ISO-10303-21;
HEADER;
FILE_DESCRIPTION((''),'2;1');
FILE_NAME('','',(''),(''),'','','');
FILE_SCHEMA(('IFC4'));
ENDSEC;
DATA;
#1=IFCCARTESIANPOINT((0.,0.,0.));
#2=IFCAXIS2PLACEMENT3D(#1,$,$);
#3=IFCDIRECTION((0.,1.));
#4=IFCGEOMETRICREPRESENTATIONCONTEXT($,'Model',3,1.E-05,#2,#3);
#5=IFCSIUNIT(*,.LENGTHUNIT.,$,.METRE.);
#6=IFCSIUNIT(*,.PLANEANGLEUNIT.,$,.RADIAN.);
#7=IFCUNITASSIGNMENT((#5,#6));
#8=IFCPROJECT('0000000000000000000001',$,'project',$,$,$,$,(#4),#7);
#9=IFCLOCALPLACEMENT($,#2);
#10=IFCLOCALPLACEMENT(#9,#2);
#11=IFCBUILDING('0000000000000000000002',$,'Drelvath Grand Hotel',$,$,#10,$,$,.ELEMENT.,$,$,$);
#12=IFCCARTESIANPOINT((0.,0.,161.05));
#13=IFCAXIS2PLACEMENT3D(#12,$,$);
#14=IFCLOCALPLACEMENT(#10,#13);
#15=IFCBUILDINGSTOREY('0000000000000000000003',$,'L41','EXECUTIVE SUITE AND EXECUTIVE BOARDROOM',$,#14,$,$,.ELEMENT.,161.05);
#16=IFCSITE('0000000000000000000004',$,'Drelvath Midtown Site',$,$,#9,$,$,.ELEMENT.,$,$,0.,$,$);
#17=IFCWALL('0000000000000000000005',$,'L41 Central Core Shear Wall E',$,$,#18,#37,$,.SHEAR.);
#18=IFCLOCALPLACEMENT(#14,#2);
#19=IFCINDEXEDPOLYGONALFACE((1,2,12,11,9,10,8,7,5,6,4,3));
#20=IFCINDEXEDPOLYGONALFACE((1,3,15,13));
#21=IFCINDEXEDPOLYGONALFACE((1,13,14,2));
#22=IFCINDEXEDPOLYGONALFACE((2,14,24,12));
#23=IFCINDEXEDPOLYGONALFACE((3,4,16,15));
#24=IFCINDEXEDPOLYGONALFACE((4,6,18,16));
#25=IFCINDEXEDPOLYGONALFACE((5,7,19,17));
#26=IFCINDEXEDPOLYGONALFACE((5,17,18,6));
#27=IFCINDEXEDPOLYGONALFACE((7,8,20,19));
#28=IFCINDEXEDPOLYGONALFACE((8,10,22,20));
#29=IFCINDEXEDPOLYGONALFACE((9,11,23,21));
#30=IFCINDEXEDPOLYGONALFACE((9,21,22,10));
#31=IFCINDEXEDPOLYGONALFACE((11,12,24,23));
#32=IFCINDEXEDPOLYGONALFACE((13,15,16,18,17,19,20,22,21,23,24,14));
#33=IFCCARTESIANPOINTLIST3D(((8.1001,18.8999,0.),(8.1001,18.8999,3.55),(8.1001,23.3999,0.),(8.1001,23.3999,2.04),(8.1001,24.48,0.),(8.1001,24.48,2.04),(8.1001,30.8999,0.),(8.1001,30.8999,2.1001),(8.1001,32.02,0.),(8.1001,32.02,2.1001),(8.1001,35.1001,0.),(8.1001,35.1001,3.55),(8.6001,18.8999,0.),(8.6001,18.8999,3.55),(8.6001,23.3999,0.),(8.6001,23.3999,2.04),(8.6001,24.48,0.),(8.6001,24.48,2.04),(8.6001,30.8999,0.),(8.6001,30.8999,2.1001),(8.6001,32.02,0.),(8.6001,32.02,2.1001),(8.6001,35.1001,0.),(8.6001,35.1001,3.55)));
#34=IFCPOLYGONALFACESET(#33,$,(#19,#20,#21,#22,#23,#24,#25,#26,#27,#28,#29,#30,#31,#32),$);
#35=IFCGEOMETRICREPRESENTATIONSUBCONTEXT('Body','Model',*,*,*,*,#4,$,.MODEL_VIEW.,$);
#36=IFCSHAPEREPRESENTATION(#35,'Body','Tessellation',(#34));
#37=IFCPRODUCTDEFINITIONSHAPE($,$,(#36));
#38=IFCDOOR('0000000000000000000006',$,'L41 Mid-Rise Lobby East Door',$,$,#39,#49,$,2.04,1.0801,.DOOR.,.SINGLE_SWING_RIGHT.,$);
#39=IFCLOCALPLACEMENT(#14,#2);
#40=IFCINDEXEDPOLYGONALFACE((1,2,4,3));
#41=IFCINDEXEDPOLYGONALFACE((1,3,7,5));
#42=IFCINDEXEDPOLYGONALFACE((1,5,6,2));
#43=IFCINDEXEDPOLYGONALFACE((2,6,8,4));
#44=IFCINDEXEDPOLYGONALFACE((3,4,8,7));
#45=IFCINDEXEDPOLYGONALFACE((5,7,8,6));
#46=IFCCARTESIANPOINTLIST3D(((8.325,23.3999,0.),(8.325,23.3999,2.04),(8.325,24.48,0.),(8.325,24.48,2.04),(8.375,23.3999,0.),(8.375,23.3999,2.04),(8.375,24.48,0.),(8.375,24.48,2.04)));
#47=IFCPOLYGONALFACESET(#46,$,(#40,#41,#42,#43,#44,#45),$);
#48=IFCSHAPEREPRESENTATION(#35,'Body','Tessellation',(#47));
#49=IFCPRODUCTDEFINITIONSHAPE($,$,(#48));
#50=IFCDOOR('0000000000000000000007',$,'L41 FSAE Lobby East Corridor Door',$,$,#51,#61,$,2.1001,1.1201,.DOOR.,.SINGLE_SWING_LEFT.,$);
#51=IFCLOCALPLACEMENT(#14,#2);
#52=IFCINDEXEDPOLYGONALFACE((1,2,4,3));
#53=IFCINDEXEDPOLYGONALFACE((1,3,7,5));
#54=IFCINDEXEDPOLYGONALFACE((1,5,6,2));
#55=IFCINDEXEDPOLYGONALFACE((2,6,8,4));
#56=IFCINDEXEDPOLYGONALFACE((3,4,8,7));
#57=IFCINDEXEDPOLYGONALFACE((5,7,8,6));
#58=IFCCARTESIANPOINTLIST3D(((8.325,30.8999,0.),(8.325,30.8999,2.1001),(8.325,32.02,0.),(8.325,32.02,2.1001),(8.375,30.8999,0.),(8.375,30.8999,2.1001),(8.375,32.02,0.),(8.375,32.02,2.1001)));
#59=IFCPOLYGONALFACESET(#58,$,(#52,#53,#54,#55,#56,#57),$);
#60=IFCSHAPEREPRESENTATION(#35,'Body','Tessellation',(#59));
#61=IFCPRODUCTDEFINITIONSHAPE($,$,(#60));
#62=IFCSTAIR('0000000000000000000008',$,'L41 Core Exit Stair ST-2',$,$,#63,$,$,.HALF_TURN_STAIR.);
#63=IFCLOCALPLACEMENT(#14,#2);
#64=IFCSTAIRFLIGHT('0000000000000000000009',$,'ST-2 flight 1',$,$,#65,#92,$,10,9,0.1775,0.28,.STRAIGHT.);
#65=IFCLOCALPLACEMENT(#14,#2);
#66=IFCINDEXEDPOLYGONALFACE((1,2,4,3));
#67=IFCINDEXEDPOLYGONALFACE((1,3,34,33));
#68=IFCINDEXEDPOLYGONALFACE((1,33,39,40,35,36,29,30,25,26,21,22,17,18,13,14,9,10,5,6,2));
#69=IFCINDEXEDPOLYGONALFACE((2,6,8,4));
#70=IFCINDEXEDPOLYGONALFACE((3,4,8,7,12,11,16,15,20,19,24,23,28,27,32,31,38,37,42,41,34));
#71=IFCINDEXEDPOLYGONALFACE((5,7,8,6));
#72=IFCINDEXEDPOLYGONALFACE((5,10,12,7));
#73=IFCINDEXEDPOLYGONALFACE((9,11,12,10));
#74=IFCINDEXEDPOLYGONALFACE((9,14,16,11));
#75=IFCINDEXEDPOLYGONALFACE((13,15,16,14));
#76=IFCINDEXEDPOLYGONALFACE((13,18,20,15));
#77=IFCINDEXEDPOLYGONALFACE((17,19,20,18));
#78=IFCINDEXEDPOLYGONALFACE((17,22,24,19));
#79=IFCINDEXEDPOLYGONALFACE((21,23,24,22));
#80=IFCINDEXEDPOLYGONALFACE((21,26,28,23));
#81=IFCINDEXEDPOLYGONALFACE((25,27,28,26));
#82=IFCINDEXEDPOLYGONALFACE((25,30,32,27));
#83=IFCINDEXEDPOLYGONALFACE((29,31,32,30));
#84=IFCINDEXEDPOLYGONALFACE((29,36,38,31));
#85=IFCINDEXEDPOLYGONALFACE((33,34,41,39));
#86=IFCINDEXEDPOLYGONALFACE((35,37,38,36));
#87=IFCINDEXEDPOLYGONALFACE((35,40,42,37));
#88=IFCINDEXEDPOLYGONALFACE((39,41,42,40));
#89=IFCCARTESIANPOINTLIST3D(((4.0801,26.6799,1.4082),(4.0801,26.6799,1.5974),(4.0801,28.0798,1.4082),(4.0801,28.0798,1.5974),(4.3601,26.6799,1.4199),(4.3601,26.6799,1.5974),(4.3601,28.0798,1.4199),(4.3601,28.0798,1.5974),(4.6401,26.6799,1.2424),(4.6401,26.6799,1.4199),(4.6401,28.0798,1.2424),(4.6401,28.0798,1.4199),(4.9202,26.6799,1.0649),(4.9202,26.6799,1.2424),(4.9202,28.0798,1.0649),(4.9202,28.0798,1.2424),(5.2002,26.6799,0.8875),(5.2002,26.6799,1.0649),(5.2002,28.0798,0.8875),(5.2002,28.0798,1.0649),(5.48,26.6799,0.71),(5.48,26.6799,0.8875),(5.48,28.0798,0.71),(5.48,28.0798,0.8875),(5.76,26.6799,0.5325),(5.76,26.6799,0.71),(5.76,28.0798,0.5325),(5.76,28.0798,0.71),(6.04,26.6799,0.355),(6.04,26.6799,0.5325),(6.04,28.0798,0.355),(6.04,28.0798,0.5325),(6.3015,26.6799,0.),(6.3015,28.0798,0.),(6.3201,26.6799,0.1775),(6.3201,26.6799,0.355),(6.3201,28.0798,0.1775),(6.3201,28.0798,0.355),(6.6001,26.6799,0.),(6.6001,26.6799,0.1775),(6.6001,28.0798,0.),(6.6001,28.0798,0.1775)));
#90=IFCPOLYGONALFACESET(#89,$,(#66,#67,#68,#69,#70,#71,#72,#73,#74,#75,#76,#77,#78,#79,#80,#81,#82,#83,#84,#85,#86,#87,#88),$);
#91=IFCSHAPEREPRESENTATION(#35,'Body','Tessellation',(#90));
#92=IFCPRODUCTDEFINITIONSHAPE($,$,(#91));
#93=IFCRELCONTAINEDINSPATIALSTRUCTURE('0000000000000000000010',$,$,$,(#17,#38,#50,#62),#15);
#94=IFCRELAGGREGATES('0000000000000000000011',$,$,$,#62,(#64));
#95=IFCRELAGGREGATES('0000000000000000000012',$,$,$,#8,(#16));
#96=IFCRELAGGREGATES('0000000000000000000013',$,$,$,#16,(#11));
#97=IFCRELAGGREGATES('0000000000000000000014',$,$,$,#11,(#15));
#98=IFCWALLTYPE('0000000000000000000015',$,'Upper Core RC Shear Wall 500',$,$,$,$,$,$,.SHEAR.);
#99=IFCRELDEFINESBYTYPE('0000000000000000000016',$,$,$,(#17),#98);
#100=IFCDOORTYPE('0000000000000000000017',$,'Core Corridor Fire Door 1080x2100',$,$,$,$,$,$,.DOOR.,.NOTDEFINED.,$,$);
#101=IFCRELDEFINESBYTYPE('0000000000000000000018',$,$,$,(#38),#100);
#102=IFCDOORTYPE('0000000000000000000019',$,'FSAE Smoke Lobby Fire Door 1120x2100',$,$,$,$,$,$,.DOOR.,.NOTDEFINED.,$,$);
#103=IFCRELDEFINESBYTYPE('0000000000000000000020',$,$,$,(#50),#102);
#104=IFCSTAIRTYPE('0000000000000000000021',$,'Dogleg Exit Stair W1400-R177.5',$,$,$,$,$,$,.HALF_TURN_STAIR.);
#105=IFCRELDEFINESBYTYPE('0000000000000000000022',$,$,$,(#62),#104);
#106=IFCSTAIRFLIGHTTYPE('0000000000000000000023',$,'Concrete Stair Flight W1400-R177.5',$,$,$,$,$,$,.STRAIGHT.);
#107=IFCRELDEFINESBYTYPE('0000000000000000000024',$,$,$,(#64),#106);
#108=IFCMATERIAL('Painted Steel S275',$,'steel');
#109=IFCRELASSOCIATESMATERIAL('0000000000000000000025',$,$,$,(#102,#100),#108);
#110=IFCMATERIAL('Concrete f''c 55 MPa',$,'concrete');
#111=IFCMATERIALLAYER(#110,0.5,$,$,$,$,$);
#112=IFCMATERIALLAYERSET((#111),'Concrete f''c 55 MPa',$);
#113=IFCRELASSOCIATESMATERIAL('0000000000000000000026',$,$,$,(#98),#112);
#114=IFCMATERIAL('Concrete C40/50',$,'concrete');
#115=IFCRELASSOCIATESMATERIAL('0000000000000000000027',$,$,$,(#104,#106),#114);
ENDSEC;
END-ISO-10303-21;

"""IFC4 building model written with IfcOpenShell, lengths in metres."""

from ifc_helpers import new_model, si_unit, direction, frame, frame_2d, origin, place, context, subcontext, project, spatial, polyline, rectangle, outline, extrude, material, layer, layer_set, type_object, element, fill, aggregate, save


model = new_model("IFC4")

# Units and contexts
model_context = context("Model", 3, precision=1e-05, world=origin(), true_north=direction((0.0, 1.0)))
body_context = subcontext(model_context, "Body", "Model", "MODEL_VIEW")
ifc_project = project(units=[si_unit("LENGTHUNIT", "METRE"), si_unit("PLANEANGLEUNIT", "RADIAN")], contexts=[model_context])

# Site, building, storey
site_placement = place(None, origin())
site = spatial("IfcSite", under=ifc_project, at=site_placement, Name="Drelvath Midtown Site", CompositionType="ELEMENT", RefElevation=0.0)
building_placement = place(site_placement, origin())
building = spatial("IfcBuilding", under=site, at=building_placement, Name="Drelvath Grand Hotel", CompositionType="ELEMENT")
storey_placement = place(building_placement, frame((0.0, 0.0, 161.05)))
storey = spatial("IfcBuildingStorey", under=building, at=storey_placement, Name="L41", Description="EXECUTIVE SUITE AND EXECUTIVE BOARDROOM", CompositionType="ELEMENT", Elevation=161.05)

# Shared definitions
ifc_material_1 = material(Name="Concrete f'c 55 MPa", Category="concrete")

# Shared definitions
ifc_material_2 = material(Name="Concrete C40/50", Category="concrete")

# Shared definitions
ifc_material_3 = material(Name="Painted Steel S275", Category="steel")

# Shared definitions
door_type_1 = type_object("IfcDoorType", Name="FSAE Smoke Lobby Fire Door 1120x2100", OperationType="NOTDEFINED", PredefinedType="DOOR", material=ifc_material_3)

# Wall, openings, doors
ifc_layer_1 = layer(ifc_material_1, 0.5)
ifc_layer_set_1 = layer_set([ifc_layer_1], Name="Concrete f'c 55 MPa")
wall_type_1 = type_object("IfcWallType", Name="Upper Core RC Shear Wall 500", PredefinedType="SHEAR", material=ifc_layer_set_1)
wall_1_placement = place(storey_placement, frame((8.3501, 35.1001, 0.0), z_axis=(0.0, 0.0, 1.0), x_axis=(0.0, -1.0, 0.0)))
wall_1 = element("IfcWall", 1, at=wall_1_placement, inside=storey, type_object=wall_type_1, Name="L41 Central Core Shear Wall E", PredefinedType="SHEAR", context=body_context, shape_type="SweptSolid", body=[
    extrude(rectangle(XDim=16.2002, YDim=0.5, at=frame_2d((8.1001, 0.0))), origin(), (0.0, 0.0, 1.0), 3.55),
])
opening_1_placement = place(wall_1_placement, frame((3.0801, 0.0, 0.0)))
opening_1 = element("IfcOpeningElement", 2, at=opening_1_placement, cuts=wall_1, PredefinedType="OPENING", context=body_context, shape_type="SweptSolid", body=[
    extrude(rectangle(XDim=1.1201, YDim=2.1001, at=frame_2d((0.5601, 1.05))), frame((0.0, 0.26, 0.0), z_axis=(0.0, -1.0, 0.0), x_axis=(1.0, 0.0, 0.0)), (0.0, 0.0, 1.0), 0.52),
])
opening_2_placement = place(wall_1_placement, frame((10.6201, 0.0, 0.0)))
opening_2 = element("IfcOpeningElement", 3, at=opening_2_placement, cuts=wall_1, PredefinedType="OPENING", context=body_context, shape_type="SweptSolid", body=[
    extrude(rectangle(XDim=1.0801, YDim=2.04, at=frame_2d((0.54, 1.02))), frame((0.0, 0.26, 0.0), z_axis=(0.0, -1.0, 0.0), x_axis=(1.0, 0.0, 0.0)), (0.0, 0.0, 1.0), 0.52),
])
door_type_2 = type_object("IfcDoorType", Name="Core Corridor Fire Door 1080x2100", OperationType="NOTDEFINED", PredefinedType="DOOR", material=ifc_material_3)
door_1_placement = place(opening_2_placement, origin())
door_1 = element("IfcDoor", 4, at=door_1_placement, inside=storey, type_object=door_type_2, Name="L41 Mid-Rise Lobby East Door", OperationType="SINGLE_SWING_RIGHT", OverallHeight=2.04, OverallWidth=1.0801, PredefinedType="DOOR", context=body_context, shape_type="SweptSolid", body=[
    extrude(rectangle(XDim=1.0801, YDim=2.04, at=frame_2d((0.54, 1.02))), frame((0.0, 0.0249, 0.0), z_axis=(0.0, -1.0, 0.0), x_axis=(1.0, 0.0, 0.0)), (0.0, 0.0, 1.0), 0.05),
])
fill(opening_2, door_1)
door_2_placement = place(opening_1_placement, origin())
door_2 = element("IfcDoor", 5, at=door_2_placement, inside=storey, type_object=door_type_1, Name="L41 FSAE Lobby East Corridor Door", OperationType="SINGLE_SWING_LEFT", OverallHeight=2.1001, OverallWidth=1.1201, PredefinedType="DOOR", context=body_context, shape_type="SweptSolid", body=[
    extrude(rectangle(XDim=1.1201, YDim=2.1001, at=frame_2d((0.5601, 1.05))), frame((0.0, 0.0249, 0.0), z_axis=(0.0, -1.0, 0.0), x_axis=(1.0, 0.0, 0.0)), (0.0, 0.0, 1.0), 0.05),
])
fill(opening_1, door_2)

# Stair, stair flight
stair_type = type_object("IfcStairType", Name="Dogleg Exit Stair W1400-R177.5", PredefinedType="HALF_TURN_STAIR", material=ifc_material_2)
stair_placement = place(storey_placement, origin())
stair = element("IfcStair", 6, at=stair_placement, inside=storey, type_object=stair_type, Name="L41 Core Exit Stair ST-2", PredefinedType="HALF_TURN_STAIR")
stair_flight_type = type_object("IfcStairFlightType", Name="Concrete Stair Flight W1400-R177.5", PredefinedType="STRAIGHT", material=ifc_material_2)
stair_flight_placement = place(storey_placement, frame((6.6001, 27.3799, 0.0), z_axis=(0.0, 0.0, 1.0), x_axis=(-1.0, 0.0, 0.0)))
stair_flight = element("IfcStairFlight", 7, at=stair_flight_placement, type_object=stair_flight_type, Name="ST-2 flight 1", NumberOfRisers=10, NumberOfTreads=9, PredefinedType="STRAIGHT", RiserHeight=0.1775, TreadLength=0.28, context=body_context, shape_type="SweptSolid", body=[
    extrude(outline(polyline([(0.0, 0.0), (0.0, 0.1775), (0.28, 0.1775), (0.28, 0.355), (0.5601, 0.355), (0.5601, 0.5325), (0.8401, 0.5325), (0.8401, 0.71), (1.1201, 0.71), (1.1201, 0.8875), (1.3999, 0.8875), (1.3999, 1.0649), (1.6799, 1.0649), (1.6799, 1.2424), (1.96, 1.2424), (1.96, 1.4199), (2.24, 1.4199), (2.24, 1.5974), (2.52, 1.5974), (2.52, 1.7749), (2.52, 1.4082), (0.2986, 0.0), (0.0, 0.0)])), frame((0.0, 0.7, 0.0), z_axis=(0.0, -1.0, 0.0), x_axis=(1.0, 0.0, 0.0)), (0.0, 0.0, 1.0), 1.3999),
])
aggregate(stair, [stair_flight])

save(model, "model.ifc")
